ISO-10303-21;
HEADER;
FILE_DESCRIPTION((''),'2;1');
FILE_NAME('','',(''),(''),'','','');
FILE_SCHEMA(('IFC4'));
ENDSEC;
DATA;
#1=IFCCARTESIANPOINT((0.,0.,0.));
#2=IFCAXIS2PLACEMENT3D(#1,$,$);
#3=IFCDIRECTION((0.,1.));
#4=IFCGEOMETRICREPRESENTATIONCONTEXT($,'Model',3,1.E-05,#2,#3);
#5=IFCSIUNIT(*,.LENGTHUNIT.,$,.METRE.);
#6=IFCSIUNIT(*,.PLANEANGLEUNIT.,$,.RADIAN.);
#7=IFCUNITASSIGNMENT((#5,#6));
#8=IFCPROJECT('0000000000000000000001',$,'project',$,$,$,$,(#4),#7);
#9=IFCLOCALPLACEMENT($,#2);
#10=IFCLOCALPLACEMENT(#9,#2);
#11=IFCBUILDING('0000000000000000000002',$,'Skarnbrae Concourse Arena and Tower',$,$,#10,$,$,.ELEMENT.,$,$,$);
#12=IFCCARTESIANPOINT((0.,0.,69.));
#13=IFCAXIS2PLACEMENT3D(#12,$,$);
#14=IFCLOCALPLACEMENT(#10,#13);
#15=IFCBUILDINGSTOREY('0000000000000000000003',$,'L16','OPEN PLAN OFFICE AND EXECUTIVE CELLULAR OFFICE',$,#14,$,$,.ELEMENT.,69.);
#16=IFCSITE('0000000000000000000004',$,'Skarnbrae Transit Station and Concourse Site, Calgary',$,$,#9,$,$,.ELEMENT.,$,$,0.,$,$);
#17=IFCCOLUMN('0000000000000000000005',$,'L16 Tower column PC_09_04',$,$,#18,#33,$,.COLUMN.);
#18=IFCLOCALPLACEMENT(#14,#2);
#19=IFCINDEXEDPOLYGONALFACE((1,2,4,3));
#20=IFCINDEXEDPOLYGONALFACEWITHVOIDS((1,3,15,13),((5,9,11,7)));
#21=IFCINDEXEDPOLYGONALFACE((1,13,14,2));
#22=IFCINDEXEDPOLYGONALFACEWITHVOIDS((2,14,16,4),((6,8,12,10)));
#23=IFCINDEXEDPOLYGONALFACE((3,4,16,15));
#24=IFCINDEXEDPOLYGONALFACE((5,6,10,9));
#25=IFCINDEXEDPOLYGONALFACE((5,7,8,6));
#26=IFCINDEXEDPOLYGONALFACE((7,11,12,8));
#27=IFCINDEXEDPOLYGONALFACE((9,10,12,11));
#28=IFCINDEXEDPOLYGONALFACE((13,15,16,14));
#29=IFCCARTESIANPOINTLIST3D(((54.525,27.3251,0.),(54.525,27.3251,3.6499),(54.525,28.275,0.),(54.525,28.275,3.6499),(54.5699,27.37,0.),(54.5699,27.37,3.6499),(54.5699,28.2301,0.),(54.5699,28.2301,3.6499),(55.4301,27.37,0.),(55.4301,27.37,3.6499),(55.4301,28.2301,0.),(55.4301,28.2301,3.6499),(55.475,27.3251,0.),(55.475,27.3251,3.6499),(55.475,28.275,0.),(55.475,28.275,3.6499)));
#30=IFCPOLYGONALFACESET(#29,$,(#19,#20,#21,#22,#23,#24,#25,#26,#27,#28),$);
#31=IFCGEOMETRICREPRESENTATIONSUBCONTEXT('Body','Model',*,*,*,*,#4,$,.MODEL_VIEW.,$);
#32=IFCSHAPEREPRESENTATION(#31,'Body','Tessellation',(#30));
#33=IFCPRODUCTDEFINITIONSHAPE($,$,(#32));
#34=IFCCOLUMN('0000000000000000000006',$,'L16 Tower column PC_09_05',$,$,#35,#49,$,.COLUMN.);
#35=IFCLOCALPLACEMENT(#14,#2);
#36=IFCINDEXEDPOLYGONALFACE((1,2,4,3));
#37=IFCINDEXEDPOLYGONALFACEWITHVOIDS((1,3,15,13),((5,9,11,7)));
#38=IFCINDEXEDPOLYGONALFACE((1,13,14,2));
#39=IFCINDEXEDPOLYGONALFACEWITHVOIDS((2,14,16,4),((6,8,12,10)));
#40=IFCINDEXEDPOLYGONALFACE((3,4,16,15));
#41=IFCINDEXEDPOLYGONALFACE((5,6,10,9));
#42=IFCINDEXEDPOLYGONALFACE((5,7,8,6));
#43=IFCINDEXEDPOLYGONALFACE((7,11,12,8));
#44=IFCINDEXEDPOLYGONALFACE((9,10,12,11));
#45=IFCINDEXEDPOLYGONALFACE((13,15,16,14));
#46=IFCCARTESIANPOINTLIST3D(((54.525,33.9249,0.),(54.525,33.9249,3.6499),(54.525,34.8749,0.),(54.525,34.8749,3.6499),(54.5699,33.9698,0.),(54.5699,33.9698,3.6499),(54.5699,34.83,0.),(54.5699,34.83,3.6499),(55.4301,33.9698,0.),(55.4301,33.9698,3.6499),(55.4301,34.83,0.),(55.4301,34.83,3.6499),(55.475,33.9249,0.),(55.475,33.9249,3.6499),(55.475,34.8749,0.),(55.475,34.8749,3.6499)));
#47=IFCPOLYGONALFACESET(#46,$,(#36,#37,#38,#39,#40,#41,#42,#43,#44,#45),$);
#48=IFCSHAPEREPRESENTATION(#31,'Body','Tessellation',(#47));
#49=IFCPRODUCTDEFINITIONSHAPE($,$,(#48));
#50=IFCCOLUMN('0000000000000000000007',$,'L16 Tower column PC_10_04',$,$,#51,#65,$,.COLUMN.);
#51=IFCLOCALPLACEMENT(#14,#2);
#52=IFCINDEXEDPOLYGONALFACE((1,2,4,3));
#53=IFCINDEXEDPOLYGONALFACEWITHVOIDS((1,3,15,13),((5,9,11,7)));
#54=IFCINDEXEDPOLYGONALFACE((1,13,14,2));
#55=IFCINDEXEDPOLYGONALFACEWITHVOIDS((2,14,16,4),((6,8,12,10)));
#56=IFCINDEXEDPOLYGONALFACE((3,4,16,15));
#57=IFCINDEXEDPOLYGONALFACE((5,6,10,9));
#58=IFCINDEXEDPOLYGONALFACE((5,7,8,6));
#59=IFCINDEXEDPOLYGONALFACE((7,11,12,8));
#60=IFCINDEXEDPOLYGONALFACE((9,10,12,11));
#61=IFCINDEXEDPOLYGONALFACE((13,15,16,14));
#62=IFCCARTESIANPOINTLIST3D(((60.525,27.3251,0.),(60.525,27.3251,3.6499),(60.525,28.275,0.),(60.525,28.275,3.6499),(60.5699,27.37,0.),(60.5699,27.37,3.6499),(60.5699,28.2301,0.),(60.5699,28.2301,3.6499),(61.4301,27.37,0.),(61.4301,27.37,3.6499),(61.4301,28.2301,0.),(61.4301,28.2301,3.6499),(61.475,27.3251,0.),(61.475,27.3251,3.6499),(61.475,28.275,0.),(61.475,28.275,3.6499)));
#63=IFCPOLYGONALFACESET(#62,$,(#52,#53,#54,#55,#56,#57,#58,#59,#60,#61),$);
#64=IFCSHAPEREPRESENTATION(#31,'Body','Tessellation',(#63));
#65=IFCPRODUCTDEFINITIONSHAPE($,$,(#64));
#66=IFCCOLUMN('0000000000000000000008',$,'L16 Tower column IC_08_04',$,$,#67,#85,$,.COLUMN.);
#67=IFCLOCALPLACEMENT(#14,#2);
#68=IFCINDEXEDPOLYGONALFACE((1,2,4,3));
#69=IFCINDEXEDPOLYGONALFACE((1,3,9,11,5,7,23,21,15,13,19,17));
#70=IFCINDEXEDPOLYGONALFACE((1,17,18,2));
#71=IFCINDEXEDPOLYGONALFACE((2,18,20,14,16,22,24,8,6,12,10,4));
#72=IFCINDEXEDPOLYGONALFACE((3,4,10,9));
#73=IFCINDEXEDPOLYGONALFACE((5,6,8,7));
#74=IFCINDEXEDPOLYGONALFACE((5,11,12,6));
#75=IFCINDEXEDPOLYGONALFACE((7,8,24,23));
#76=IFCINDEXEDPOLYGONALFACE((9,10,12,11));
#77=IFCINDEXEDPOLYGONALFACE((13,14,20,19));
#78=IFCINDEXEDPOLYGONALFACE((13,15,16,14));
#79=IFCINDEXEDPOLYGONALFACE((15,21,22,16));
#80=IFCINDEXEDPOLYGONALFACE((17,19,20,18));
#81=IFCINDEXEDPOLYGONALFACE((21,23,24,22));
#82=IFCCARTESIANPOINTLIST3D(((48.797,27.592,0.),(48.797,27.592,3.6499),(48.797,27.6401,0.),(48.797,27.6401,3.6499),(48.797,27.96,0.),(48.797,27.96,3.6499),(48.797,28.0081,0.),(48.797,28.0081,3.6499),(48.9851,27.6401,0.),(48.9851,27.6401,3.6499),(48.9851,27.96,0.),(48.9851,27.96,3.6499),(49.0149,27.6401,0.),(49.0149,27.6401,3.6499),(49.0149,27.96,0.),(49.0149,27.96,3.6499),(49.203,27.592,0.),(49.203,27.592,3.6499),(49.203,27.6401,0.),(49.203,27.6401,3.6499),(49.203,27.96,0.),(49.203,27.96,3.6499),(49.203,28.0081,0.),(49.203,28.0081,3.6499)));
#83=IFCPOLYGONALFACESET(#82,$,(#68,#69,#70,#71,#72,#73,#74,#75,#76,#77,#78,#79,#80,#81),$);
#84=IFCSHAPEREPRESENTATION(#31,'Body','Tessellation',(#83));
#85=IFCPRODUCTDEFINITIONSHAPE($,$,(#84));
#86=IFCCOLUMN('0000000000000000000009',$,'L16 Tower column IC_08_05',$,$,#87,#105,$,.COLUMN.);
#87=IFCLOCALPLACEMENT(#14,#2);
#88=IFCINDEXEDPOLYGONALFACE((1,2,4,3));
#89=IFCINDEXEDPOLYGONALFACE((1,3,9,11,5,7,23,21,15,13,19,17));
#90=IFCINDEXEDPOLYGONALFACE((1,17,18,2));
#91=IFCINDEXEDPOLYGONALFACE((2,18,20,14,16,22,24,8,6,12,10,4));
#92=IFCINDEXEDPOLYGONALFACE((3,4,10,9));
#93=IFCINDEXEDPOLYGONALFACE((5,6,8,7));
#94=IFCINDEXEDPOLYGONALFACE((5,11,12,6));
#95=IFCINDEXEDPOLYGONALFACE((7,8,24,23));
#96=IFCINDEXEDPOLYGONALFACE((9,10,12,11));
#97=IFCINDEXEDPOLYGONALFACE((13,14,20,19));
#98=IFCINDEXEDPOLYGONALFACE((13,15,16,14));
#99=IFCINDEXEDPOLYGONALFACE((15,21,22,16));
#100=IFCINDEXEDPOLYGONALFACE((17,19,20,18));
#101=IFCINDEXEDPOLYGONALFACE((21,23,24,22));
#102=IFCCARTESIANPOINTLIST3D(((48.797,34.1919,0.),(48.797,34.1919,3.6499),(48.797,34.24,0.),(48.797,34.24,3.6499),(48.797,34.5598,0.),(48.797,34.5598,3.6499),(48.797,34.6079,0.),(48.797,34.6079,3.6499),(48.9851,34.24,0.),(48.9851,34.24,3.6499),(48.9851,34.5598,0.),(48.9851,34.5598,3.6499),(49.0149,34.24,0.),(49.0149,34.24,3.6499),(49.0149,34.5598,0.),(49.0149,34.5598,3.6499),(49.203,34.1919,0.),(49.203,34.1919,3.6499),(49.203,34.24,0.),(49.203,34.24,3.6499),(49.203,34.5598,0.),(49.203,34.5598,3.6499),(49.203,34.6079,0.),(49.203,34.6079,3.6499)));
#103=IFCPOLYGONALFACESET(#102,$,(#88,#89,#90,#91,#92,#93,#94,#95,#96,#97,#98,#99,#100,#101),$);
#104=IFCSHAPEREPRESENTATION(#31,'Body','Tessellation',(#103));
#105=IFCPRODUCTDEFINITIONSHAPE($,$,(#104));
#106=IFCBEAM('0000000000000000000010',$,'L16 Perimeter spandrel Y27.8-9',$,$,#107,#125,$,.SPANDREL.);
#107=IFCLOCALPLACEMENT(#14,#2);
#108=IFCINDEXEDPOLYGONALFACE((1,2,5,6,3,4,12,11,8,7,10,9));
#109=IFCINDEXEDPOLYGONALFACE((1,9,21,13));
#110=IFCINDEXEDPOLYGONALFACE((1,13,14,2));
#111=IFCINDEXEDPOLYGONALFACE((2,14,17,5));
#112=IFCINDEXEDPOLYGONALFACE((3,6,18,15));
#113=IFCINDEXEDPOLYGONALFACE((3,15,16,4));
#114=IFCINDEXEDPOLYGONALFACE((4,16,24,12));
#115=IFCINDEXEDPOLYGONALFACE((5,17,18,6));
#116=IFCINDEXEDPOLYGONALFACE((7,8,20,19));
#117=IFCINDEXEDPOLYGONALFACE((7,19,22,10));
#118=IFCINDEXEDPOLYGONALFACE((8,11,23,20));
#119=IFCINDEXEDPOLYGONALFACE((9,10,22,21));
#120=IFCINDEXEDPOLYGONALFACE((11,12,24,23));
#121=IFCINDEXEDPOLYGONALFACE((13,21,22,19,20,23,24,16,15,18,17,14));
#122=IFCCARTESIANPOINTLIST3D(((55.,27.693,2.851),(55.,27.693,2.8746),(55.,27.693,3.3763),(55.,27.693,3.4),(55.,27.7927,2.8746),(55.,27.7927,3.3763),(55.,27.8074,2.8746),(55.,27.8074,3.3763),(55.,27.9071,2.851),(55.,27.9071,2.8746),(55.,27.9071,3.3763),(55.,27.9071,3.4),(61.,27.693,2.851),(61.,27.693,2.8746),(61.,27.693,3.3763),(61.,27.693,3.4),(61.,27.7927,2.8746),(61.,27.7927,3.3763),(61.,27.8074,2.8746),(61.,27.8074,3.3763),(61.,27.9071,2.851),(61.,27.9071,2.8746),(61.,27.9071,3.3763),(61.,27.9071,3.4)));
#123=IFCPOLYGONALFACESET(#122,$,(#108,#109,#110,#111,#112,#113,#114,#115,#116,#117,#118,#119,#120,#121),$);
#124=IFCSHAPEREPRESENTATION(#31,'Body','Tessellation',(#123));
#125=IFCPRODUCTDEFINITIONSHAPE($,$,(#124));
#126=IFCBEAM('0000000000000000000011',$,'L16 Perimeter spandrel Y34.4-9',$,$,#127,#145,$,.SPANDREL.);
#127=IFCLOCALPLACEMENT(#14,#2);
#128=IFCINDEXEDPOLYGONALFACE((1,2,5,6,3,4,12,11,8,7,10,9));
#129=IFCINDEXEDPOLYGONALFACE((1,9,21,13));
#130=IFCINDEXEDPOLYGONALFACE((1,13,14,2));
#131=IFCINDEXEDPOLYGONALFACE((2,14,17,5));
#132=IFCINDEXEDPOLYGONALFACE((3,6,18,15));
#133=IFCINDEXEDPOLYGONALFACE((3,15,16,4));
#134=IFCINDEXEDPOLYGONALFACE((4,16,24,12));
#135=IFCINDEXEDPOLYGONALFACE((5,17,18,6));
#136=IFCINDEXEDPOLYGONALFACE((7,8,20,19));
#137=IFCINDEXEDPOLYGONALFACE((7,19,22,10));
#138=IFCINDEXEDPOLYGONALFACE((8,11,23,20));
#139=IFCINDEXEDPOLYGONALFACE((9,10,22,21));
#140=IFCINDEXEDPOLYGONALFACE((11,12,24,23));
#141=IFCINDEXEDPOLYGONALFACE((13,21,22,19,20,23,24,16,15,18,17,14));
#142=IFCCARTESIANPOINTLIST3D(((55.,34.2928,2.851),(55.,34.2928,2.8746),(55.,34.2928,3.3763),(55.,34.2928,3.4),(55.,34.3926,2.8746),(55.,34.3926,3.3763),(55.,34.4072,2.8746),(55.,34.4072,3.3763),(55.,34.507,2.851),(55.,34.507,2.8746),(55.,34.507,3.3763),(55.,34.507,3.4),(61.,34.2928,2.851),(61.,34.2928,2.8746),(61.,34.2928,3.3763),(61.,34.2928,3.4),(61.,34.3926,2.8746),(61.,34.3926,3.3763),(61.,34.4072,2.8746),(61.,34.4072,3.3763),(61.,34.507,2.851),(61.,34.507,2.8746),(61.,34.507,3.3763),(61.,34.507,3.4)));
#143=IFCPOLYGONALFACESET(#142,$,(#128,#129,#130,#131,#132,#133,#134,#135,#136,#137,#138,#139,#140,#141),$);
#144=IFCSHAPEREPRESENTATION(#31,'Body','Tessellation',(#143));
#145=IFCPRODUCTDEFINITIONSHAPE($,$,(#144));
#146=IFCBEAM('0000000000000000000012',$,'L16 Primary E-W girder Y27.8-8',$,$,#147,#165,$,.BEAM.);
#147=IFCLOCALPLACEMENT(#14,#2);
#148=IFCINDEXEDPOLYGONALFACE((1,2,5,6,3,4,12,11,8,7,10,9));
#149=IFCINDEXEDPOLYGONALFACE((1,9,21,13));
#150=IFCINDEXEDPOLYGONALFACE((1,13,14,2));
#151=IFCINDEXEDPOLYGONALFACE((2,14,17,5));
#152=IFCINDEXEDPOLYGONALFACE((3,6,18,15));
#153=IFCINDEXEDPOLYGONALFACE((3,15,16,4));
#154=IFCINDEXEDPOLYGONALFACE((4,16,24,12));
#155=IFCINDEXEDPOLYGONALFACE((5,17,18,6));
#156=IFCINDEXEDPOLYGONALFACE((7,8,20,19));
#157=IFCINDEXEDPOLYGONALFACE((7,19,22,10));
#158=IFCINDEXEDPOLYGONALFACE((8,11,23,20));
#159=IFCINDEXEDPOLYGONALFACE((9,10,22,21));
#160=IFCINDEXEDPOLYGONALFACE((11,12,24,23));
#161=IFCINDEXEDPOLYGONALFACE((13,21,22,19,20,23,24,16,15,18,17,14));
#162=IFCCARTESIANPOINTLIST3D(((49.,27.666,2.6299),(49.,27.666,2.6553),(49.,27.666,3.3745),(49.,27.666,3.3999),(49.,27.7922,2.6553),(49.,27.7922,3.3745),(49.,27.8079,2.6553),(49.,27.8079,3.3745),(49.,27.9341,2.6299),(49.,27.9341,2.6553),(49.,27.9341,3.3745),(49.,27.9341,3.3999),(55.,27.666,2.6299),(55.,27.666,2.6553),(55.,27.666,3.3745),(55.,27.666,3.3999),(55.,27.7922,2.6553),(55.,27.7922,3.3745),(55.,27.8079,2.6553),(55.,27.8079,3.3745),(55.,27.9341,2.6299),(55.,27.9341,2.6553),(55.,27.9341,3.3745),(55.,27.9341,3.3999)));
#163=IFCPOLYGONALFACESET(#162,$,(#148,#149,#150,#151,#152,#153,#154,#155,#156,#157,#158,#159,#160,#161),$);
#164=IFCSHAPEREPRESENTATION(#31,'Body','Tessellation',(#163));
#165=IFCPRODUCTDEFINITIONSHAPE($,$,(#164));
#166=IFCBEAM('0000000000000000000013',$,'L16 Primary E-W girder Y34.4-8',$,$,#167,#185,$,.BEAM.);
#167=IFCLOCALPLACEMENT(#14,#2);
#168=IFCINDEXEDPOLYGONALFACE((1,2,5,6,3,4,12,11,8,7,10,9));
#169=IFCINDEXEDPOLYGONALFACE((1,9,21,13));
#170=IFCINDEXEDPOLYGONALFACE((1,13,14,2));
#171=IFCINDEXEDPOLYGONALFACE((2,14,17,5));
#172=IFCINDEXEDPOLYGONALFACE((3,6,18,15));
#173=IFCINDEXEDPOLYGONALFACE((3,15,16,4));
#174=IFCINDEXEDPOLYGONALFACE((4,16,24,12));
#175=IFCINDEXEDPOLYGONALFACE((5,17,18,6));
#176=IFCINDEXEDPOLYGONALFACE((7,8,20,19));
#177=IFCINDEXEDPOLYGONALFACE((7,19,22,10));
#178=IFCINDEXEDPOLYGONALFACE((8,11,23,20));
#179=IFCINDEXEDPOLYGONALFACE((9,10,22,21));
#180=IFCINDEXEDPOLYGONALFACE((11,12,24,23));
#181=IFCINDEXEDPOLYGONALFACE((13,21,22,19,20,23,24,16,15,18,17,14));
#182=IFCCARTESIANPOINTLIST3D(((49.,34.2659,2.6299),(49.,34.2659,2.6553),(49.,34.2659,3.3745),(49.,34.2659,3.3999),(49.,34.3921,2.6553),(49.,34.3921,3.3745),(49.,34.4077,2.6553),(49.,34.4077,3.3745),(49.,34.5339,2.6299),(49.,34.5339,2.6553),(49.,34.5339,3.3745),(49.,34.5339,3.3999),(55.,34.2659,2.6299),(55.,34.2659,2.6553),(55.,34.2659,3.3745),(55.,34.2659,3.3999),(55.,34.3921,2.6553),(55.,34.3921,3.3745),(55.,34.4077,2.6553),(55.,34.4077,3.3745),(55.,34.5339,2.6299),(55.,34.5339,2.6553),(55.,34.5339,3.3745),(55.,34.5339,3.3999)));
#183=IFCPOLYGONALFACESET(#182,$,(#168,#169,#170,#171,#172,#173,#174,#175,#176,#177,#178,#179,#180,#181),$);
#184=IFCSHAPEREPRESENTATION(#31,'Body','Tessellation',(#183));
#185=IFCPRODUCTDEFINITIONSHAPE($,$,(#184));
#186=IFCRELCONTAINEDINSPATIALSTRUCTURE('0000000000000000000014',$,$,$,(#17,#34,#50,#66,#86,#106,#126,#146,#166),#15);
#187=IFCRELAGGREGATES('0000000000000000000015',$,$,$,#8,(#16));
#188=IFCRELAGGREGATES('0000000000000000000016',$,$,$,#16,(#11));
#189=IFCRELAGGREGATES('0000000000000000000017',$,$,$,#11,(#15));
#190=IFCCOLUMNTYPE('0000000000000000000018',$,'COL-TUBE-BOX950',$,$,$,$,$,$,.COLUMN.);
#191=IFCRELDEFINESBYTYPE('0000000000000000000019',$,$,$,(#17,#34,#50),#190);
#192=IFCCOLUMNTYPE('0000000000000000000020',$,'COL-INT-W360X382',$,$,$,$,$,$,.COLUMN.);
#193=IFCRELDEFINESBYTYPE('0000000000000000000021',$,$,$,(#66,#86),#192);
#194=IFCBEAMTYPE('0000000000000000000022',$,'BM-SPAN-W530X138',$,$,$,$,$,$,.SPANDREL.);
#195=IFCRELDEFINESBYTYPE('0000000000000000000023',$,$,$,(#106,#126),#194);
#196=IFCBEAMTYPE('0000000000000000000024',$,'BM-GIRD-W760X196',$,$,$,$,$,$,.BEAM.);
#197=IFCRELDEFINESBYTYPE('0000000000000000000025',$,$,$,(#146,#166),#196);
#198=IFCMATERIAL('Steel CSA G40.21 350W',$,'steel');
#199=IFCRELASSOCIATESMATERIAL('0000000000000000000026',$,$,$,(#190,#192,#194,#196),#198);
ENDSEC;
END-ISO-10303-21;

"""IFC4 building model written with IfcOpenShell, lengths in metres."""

from ifc_helpers import new_model, si_unit, direction, frame, origin, origin_2d, place, context, subcontext, project, spatial, hollow_rectangle, i_section, extrude, source, transform, mapped, material, material_profile, profile_set, type_object, element, save


model = new_model("IFC4")

# Units and contexts
model_context = context("Model", 3, precision=1e-05, world=origin(), true_north=direction((0.0, 1.0)))
body_context = subcontext(model_context, "Body", "Model", "MODEL_VIEW")
ifc_project = project(units=[si_unit("LENGTHUNIT", "METRE"), si_unit("PLANEANGLEUNIT", "RADIAN")], contexts=[model_context])

# Site, building, storey
site_placement = place(None, origin())
site = spatial("IfcSite", under=ifc_project, at=site_placement, Name="Skarnbrae Transit Station and Concourse Site, Calgary", CompositionType="ELEMENT", RefElevation=0.0)
building_placement = place(site_placement, origin())
building = spatial("IfcBuilding", under=site, at=building_placement, Name="Skarnbrae Concourse Arena and Tower", CompositionType="ELEMENT")
storey_placement = place(building_placement, frame((0.0, 0.0, 69.0)))
storey = spatial("IfcBuildingStorey", under=building, at=storey_placement, Name="L16", Description="OPEN PLAN OFFICE AND EXECUTIVE CELLULAR OFFICE", CompositionType="ELEMENT", Elevation=69.0)

# Columns
ifc_material_1 = material(Name="Steel CSA G40.21 350W", Category="steel")
ifc_material_profile_1 = material_profile(ifc_material_1, hollow_rectangle(XDim=0.95, YDim=0.95, WallThickness=0.0449, at=origin_2d()), Name="BOX950X950X45")
ifc_profile_set_1 = profile_set([ifc_material_profile_1], Name="Steel CSA G40.21 350W")
column_type_1 = type_object("IfcColumnType", Name="COL-TUBE-BOX950", PredefinedType="COLUMN", material=ifc_profile_set_1)
shared_shape_1 = source(origin(), body_context, "Body", "SweptSolid", [
    extrude(hollow_rectangle(XDim=0.95, YDim=0.95, WallThickness=0.0449, at=origin_2d()), origin(), (0.0, 0.0, 1.0), 3.6499),
])
for number, where, z_axis, x_axis, name in (
    (1, (55.0, 27.8, 0.0), (0.0, 0.0, 1.0), (1.0, 0.0, 0.0), "L16 Tower column PC_09_04"),
    (2, (55.0, 34.3999, 0.0), (0.0, 0.0, 1.0), (1.0, 0.0, 0.0), "L16 Tower column PC_09_05"),
    (3, (61.0, 27.8, 0.0), (0.0, 0.0, 1.0), (1.0, 0.0, 0.0), "L16 Tower column PC_10_04"),
):
    element("IfcColumn", number, at=place(storey_placement, frame(where, z_axis=z_axis, x_axis=x_axis)), inside=storey, type_object=column_type_1, Name=name, PredefinedType="COLUMN", context=body_context, shape_type="MappedRepresentation", body=[
        mapped(shared_shape_1, transform((0.0, 0.0, 0.0))),
    ])
ifc_material_profile_2 = material_profile(ifc_material_1, i_section(OverallWidth=0.406, OverallDepth=0.416, WebThickness=0.0298, FlangeThickness=0.0481, at=origin_2d()), Name="W360X382")
ifc_profile_set_2 = profile_set([ifc_material_profile_2], Name="Steel CSA G40.21 350W")
column_type_2 = type_object("IfcColumnType", Name="COL-INT-W360X382", PredefinedType="COLUMN", material=ifc_profile_set_2)
shared_shape_2 = source(origin(), body_context, "Body", "SweptSolid", [
    extrude(i_section(OverallWidth=0.406, OverallDepth=0.416, WebThickness=0.0298, FlangeThickness=0.0481, at=origin_2d()), origin(), (0.0, 0.0, 1.0), 3.6499),
])
for number, where, z_axis, x_axis, name in (
    (4, (49.0, 27.8, 0.0), (0.0, 0.0, 1.0), (1.0, 0.0, 0.0), "L16 Tower column IC_08_04"),
    (5, (49.0, 34.3999, 0.0), (0.0, 0.0, 1.0), (1.0, 0.0, 0.0), "L16 Tower column IC_08_05"),
):
    element("IfcColumn", number, at=place(storey_placement, frame(where, z_axis=z_axis, x_axis=x_axis)), inside=storey, type_object=column_type_2, Name=name, PredefinedType="COLUMN", context=body_context, shape_type="MappedRepresentation", body=[
        mapped(shared_shape_2, transform((0.0, 0.0, 0.0))),
    ])

# Beams
ifc_material_profile_3 = material_profile(ifc_material_1, i_section(OverallWidth=0.2141, OverallDepth=0.5491, WebThickness=0.0146, FlangeThickness=0.0237, at=origin_2d()), Name="W530X138")
ifc_profile_set_3 = profile_set([ifc_material_profile_3], Name="Steel CSA G40.21 350W")
beam_type_1 = type_object("IfcBeamType", Name="BM-SPAN-W530X138", PredefinedType="SPANDREL", material=ifc_profile_set_3)
shared_shape_3 = source(origin(), body_context, "Body", "SweptSolid", [
    extrude(i_section(OverallWidth=0.2141, OverallDepth=0.5491, WebThickness=0.0146, FlangeThickness=0.0237, at=origin_2d()), origin(), (0.0, 0.0, 1.0), 6.0),
])
for number, where, z_axis, x_axis, name in (
    (6, (55.0, 27.8, 3.1255), (1.0, 0.0, 0.0), (0.0, 1.0, 0.0), "L16 Perimeter spandrel Y27.8-9"),
    (7, (55.0, 34.3999, 3.1255), (1.0, 0.0, 0.0), (0.0, 1.0, 0.0), "L16 Perimeter spandrel Y34.4-9"),
):
    element("IfcBeam", number, at=place(storey_placement, frame(where, z_axis=z_axis, x_axis=x_axis)), inside=storey, type_object=beam_type_1, Name=name, PredefinedType="SPANDREL", context=body_context, shape_type="MappedRepresentation", body=[
        mapped(shared_shape_3, transform((0.0, 0.0, 0.0))),
    ])
ifc_material_profile_4 = material_profile(ifc_material_1, i_section(OverallWidth=0.2681, OverallDepth=0.77, WebThickness=0.0156, FlangeThickness=0.0254, at=origin_2d()), Name="W760X196")
ifc_profile_set_4 = profile_set([ifc_material_profile_4], Name="Steel CSA G40.21 350W")
beam_type_2 = type_object("IfcBeamType", Name="BM-GIRD-W760X196", PredefinedType="BEAM", material=ifc_profile_set_4)
shared_shape_4 = source(origin(), body_context, "Body", "SweptSolid", [
    extrude(i_section(OverallWidth=0.2681, OverallDepth=0.77, WebThickness=0.0156, FlangeThickness=0.0254, at=origin_2d()), origin(), (0.0, 0.0, 1.0), 6.0),
])
for number, where, z_axis, x_axis, name in (
    (8, (49.0, 27.8, 3.0149), (1.0, 0.0, 0.0), (0.0, 1.0, 0.0), "L16 Primary E-W girder Y27.8-8"),
    (9, (49.0, 34.3999, 3.0149), (1.0, 0.0, 0.0), (0.0, 1.0, 0.0), "L16 Primary E-W girder Y34.4-8"),
):
    element("IfcBeam", number, at=place(storey_placement, frame(where, z_axis=z_axis, x_axis=x_axis)), inside=storey, type_object=beam_type_2, Name=name, PredefinedType="BEAM", context=body_context, shape_type="MappedRepresentation", body=[
        mapped(shared_shape_4, transform((0.0, 0.0, 0.0))),
    ])

save(model, "model.ifc")
